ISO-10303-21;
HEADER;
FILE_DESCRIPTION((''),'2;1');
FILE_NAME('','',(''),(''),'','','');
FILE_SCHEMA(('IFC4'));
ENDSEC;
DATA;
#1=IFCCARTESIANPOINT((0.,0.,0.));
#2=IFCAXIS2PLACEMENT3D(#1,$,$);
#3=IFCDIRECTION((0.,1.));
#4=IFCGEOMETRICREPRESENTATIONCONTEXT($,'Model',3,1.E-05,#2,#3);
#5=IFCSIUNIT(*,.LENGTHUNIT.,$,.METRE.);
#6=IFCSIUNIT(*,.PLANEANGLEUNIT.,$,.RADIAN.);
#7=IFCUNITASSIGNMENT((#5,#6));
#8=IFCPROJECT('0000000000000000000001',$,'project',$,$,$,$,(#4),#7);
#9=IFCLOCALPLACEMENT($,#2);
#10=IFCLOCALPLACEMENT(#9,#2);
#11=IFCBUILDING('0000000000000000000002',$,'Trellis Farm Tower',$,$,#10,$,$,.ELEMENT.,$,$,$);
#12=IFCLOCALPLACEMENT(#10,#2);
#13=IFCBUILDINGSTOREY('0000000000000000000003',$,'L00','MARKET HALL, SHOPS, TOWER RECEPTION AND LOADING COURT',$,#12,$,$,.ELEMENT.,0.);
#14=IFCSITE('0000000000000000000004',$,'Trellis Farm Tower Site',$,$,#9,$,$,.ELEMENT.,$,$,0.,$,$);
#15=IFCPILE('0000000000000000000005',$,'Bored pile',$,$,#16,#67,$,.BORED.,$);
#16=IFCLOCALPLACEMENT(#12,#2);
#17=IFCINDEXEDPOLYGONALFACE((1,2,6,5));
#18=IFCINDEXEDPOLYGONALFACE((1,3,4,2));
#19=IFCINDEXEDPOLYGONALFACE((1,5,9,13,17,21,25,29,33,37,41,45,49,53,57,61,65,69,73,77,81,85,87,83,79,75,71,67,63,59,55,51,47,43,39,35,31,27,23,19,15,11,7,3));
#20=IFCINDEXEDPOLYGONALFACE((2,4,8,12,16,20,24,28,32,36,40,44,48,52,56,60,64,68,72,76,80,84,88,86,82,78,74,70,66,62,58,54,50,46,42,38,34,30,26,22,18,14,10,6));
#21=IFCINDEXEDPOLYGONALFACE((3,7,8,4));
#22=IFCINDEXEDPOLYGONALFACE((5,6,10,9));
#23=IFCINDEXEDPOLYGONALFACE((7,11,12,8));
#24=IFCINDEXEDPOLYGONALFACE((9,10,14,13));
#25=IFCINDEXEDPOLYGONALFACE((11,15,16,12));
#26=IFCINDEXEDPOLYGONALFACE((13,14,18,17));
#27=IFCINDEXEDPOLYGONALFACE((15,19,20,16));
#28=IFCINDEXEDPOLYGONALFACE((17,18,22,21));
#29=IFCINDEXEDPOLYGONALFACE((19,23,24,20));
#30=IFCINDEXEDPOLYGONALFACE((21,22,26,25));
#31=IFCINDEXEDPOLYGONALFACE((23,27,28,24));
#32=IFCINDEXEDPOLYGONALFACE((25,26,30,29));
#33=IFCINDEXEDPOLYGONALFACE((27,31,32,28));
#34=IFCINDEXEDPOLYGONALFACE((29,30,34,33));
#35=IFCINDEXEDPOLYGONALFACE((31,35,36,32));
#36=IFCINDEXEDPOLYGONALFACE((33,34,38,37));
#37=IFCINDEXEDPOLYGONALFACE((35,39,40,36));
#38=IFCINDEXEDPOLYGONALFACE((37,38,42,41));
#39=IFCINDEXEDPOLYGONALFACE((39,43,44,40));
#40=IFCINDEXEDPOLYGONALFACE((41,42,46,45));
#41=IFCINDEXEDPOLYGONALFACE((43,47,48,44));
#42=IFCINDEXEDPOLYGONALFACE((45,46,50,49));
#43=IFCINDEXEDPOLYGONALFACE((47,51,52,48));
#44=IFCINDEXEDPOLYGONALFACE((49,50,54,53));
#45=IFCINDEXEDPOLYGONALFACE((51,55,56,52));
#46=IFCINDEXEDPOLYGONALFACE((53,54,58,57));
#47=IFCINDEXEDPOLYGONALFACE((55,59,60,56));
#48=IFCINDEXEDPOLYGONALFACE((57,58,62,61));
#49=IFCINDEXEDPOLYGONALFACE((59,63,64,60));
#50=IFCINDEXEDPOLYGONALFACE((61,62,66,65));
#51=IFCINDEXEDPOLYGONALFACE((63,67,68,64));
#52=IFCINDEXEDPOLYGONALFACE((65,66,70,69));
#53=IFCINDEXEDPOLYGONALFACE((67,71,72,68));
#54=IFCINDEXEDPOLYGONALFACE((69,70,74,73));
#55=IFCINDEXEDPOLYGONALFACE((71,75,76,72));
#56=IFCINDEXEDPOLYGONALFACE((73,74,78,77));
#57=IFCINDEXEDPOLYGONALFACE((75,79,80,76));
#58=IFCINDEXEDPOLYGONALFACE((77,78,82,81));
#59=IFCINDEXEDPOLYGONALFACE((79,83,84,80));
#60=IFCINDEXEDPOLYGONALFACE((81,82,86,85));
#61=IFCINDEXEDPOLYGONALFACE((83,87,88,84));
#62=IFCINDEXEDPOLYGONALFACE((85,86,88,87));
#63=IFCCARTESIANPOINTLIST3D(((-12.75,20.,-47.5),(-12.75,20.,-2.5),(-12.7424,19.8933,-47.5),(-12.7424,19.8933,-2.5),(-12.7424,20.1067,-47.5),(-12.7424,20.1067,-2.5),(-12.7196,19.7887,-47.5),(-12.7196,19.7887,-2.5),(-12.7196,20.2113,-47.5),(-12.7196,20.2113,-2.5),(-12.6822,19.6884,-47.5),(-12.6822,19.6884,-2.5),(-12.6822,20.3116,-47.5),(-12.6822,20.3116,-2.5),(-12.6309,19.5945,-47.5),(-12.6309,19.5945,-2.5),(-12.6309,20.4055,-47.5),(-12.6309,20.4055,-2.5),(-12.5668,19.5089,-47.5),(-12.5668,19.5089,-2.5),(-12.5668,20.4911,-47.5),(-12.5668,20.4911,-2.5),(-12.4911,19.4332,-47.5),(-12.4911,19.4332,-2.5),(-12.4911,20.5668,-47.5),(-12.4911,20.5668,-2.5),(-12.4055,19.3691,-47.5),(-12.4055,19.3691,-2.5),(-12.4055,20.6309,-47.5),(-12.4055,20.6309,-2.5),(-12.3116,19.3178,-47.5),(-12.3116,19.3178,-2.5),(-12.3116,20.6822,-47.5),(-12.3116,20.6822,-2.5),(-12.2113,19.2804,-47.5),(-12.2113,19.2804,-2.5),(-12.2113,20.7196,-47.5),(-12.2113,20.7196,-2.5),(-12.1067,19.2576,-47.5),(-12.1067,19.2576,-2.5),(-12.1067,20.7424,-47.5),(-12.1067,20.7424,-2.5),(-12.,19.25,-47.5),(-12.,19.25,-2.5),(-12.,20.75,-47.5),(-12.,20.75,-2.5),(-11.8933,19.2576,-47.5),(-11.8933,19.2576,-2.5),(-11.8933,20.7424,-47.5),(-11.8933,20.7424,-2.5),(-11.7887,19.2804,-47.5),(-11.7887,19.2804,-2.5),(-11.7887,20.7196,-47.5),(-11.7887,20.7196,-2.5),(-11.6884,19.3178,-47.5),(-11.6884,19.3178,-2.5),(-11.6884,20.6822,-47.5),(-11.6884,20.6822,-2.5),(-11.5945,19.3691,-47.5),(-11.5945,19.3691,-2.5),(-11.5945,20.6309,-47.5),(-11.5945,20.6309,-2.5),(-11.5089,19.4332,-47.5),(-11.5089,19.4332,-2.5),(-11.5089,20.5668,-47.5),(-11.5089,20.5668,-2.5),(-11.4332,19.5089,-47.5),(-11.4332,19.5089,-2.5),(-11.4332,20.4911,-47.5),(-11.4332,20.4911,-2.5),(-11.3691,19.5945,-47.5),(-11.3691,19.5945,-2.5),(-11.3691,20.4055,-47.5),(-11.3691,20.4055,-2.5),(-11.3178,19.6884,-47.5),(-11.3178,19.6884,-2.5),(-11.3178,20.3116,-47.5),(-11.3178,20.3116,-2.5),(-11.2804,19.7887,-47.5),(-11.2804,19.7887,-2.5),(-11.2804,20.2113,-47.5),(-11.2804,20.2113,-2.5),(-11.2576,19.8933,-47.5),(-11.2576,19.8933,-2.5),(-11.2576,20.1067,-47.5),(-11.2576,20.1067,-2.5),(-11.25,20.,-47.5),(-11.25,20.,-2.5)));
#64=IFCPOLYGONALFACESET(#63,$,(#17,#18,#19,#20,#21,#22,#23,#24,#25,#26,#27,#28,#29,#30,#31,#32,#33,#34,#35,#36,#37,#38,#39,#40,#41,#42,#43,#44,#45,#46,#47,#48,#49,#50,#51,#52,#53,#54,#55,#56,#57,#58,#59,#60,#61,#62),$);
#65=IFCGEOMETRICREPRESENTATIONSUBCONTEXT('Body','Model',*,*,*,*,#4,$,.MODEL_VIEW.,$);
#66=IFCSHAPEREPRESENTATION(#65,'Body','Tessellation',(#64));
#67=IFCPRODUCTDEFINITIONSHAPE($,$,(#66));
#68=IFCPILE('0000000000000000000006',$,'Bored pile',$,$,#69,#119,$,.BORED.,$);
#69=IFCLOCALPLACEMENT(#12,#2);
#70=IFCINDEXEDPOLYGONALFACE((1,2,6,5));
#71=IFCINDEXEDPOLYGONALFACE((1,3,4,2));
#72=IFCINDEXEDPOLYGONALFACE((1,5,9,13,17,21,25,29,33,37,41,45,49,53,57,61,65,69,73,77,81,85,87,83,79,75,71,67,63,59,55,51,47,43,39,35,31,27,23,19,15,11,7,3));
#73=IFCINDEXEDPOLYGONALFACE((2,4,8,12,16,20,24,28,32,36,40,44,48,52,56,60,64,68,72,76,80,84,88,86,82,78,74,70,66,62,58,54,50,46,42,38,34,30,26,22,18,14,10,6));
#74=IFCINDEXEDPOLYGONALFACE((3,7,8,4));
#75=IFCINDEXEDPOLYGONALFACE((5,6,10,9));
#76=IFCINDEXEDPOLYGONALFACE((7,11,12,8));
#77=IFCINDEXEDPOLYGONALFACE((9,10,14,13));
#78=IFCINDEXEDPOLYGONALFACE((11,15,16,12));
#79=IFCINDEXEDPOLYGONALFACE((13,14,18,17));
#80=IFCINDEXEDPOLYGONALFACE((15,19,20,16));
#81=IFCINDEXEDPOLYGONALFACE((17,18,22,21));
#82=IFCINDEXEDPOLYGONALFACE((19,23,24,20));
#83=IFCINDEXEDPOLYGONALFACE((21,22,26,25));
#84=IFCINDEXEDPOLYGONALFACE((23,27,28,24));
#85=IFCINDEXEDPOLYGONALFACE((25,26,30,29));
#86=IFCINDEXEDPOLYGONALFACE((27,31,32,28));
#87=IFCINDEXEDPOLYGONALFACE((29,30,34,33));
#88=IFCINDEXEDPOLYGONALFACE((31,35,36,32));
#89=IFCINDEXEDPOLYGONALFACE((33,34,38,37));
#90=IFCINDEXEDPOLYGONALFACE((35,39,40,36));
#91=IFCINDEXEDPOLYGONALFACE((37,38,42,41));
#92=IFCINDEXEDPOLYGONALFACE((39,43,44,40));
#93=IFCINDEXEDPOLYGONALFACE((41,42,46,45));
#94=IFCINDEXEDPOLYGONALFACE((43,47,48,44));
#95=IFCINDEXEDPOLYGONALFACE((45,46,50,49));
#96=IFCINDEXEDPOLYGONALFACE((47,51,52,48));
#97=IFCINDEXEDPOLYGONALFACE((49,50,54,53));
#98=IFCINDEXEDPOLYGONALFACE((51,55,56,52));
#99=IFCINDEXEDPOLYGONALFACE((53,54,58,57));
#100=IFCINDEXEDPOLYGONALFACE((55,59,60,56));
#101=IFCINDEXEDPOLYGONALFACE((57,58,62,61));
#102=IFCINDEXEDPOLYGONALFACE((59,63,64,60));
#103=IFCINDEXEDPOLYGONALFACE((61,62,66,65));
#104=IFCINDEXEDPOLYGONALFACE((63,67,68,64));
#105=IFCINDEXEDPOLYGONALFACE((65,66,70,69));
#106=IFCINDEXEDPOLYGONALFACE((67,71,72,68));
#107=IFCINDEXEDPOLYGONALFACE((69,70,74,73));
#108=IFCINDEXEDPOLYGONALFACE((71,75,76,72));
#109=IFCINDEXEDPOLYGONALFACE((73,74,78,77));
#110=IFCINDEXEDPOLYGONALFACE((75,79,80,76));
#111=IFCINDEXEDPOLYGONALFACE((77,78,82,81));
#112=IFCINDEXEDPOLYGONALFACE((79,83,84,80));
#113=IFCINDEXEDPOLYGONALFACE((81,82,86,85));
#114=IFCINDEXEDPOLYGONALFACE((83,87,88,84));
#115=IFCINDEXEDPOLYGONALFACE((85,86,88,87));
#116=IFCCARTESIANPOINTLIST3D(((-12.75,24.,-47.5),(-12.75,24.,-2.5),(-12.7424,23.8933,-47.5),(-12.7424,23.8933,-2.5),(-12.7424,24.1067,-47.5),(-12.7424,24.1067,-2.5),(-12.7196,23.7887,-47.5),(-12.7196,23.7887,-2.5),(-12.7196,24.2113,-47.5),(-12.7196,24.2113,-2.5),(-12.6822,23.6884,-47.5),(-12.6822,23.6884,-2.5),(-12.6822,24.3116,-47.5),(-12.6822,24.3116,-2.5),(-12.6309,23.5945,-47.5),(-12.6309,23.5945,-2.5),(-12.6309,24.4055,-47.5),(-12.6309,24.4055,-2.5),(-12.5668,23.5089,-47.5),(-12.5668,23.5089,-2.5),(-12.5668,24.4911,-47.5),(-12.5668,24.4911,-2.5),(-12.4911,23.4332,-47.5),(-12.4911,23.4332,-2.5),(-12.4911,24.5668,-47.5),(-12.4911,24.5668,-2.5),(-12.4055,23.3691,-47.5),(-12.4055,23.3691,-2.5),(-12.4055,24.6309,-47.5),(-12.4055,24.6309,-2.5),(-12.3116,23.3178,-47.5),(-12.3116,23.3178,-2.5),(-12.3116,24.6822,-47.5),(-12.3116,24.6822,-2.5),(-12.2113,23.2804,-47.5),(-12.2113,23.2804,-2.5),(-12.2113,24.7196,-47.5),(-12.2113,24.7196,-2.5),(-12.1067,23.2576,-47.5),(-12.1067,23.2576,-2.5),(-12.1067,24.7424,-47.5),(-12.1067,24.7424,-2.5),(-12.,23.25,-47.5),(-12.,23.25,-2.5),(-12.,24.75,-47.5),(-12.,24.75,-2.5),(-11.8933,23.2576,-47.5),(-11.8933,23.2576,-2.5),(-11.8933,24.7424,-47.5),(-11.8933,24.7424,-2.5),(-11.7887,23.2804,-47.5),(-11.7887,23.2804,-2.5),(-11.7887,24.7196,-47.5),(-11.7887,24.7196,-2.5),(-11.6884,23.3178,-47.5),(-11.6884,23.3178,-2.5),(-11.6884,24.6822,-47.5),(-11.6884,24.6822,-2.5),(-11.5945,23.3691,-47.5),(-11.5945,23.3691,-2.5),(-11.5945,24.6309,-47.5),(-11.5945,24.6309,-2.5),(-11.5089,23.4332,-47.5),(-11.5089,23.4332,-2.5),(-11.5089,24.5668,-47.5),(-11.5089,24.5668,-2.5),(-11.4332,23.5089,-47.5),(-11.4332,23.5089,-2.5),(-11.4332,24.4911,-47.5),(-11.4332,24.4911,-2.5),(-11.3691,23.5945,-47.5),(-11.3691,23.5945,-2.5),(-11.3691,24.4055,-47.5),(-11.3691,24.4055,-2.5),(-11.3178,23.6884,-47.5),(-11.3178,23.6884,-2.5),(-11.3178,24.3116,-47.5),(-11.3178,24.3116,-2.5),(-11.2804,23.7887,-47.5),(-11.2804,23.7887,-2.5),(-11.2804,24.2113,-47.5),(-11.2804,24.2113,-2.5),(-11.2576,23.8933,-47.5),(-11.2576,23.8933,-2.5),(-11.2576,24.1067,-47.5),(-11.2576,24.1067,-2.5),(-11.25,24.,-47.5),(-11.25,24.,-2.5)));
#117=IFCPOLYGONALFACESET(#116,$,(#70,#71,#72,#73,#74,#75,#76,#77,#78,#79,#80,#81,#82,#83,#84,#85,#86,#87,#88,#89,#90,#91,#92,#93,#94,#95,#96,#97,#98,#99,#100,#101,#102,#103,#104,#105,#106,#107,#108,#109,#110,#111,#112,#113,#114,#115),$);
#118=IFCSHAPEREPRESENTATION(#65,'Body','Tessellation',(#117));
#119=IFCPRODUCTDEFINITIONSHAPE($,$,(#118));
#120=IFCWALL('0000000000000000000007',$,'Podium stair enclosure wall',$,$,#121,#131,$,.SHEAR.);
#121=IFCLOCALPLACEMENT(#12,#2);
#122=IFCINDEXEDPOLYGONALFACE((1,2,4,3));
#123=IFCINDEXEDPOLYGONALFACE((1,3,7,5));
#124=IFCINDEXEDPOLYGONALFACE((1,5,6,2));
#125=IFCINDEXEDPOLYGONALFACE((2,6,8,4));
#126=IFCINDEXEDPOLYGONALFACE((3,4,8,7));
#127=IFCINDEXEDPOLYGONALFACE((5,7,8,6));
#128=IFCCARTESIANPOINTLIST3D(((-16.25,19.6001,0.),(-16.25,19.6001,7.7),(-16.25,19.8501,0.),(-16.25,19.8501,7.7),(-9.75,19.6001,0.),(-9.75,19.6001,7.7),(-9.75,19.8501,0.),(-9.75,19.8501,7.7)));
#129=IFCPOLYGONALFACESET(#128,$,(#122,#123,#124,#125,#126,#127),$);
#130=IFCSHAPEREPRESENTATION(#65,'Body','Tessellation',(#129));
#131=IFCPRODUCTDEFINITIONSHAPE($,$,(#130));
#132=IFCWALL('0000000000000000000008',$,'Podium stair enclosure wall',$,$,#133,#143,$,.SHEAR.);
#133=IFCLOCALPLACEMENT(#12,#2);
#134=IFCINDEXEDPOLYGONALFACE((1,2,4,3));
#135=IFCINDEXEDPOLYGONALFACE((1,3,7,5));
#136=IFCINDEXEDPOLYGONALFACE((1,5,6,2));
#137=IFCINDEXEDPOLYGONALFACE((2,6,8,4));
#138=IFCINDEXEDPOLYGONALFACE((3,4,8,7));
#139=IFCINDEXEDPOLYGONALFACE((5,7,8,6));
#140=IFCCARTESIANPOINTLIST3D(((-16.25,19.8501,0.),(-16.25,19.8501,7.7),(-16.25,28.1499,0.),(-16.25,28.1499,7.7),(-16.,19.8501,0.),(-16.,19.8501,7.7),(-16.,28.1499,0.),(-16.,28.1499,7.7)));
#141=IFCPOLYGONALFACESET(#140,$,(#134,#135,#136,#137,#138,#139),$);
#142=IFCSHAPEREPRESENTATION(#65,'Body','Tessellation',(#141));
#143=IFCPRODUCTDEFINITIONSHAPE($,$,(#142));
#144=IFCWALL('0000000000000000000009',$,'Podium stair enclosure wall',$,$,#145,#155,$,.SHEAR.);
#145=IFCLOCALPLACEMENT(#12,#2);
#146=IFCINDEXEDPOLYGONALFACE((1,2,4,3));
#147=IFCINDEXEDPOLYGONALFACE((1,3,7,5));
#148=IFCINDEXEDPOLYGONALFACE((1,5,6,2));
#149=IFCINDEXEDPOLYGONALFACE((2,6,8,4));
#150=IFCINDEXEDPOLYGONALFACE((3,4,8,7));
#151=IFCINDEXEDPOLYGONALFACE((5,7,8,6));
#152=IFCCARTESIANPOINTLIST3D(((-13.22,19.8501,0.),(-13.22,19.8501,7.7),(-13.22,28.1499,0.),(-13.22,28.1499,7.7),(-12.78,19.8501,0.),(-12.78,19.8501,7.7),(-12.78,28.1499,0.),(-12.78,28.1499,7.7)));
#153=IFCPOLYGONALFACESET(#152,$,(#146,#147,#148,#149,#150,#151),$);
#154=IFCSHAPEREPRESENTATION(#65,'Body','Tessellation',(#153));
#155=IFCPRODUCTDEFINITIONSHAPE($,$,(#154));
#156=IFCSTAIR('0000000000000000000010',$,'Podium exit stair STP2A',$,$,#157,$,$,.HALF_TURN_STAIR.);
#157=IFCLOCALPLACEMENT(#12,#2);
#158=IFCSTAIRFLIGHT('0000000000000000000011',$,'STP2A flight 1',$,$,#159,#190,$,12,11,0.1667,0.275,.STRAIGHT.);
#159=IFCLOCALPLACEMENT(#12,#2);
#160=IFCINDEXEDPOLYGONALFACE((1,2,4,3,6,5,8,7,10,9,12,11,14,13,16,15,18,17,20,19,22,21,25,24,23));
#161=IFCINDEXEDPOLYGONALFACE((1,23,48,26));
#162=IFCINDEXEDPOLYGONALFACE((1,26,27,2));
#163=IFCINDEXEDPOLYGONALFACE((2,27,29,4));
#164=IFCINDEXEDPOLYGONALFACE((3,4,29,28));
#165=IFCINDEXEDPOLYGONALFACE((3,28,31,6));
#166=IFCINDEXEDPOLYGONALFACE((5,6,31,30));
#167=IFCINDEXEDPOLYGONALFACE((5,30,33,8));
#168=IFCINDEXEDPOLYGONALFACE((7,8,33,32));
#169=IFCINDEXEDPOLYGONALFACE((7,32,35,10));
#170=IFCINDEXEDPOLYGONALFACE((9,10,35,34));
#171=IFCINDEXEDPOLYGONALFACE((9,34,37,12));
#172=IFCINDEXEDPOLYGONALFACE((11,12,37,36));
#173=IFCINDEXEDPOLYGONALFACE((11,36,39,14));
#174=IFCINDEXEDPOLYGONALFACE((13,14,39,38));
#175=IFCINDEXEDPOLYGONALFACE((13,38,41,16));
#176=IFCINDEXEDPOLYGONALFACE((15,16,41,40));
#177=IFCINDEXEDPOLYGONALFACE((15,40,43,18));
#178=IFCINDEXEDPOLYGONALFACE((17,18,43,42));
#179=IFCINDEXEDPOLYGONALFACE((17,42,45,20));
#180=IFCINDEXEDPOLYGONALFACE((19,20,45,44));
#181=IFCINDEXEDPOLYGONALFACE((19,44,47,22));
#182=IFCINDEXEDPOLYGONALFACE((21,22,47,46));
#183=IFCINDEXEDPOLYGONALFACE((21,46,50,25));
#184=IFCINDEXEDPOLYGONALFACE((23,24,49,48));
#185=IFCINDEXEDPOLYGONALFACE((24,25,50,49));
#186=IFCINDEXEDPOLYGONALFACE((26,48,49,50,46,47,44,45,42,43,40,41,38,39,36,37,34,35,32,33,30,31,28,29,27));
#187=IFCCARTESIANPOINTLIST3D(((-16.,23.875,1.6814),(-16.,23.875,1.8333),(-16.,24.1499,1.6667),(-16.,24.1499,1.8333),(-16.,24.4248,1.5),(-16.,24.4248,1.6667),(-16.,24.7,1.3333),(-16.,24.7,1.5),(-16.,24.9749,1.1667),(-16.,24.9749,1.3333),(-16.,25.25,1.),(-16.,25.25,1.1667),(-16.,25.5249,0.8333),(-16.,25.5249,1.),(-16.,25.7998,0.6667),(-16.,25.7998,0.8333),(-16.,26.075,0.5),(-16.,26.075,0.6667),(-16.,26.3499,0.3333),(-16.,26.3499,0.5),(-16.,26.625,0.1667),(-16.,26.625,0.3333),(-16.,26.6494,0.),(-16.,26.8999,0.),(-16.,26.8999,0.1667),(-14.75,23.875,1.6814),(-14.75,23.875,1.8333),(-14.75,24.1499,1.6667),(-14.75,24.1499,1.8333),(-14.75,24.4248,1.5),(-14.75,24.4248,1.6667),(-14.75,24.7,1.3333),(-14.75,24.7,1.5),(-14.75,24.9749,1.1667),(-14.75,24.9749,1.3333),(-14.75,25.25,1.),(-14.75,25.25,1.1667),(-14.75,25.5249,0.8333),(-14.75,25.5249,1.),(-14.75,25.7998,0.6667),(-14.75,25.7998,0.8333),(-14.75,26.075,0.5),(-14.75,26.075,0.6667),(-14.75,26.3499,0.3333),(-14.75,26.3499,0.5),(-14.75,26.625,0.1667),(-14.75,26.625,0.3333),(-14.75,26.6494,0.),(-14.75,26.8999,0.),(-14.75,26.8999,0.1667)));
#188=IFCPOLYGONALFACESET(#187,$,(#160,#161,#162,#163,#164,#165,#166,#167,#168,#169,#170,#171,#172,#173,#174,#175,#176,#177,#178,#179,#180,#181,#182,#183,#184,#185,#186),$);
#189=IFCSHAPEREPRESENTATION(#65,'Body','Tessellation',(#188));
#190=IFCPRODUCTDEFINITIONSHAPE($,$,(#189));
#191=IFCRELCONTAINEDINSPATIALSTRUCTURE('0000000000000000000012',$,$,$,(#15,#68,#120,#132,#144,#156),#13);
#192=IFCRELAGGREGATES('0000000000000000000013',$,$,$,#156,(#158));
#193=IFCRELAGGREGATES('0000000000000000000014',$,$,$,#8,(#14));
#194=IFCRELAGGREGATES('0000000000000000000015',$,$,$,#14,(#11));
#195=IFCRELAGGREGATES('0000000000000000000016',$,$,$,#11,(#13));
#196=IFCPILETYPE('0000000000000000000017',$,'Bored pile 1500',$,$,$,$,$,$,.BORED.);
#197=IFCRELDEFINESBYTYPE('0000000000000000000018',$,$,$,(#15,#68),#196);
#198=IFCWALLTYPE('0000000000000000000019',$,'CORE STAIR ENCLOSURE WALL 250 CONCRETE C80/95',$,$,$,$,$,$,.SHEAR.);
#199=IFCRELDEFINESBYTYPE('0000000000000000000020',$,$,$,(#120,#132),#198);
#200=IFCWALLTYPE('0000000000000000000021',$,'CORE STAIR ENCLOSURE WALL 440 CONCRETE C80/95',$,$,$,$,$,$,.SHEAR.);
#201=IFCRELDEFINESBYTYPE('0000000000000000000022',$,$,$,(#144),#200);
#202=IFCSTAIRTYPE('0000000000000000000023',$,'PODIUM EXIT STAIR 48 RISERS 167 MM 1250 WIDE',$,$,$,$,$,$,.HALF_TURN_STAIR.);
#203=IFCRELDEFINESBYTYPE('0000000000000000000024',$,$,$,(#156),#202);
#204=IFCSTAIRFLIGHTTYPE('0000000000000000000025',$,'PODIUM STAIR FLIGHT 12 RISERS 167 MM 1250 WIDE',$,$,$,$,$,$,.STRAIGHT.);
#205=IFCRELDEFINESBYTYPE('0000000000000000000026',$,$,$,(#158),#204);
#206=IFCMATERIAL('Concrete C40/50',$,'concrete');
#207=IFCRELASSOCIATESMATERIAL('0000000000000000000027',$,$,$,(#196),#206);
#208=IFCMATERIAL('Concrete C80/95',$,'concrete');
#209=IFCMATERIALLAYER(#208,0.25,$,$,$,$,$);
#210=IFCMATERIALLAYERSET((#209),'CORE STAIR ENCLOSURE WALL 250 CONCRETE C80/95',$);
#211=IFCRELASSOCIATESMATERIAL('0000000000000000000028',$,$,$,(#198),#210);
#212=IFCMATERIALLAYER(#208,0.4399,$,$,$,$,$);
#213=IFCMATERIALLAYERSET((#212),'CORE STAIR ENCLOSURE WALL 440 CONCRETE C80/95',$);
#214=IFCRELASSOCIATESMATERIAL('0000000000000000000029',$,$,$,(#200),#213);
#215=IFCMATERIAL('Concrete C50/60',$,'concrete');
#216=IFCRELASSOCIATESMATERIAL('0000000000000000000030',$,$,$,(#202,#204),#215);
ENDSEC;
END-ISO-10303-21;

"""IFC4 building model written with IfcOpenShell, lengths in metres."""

from ifc_helpers import new_model, si_unit, direction, frame, frame_2d, origin, origin_2d, place, context, subcontext, project, spatial, polyline, rectangle, circle, outline, extrude, source, transform, mapped, material, layer, layer_set, material_profile, profile_set, type_object, element, aggregate, save


model = new_model("IFC4")

# Units and contexts
model_context = context("Model", 3, precision=1e-05, world=origin(), true_north=direction((0.0, 1.0)))
body_context = subcontext(model_context, "Body", "Model", "MODEL_VIEW")
ifc_project = project(units=[si_unit("LENGTHUNIT", "METRE"), si_unit("PLANEANGLEUNIT", "RADIAN")], contexts=[model_context])

# Site, building, storey
site_placement = place(None, origin())
site = spatial("IfcSite", under=ifc_project, at=site_placement, Name="Trellis Farm Tower Site", CompositionType="ELEMENT", RefElevation=0.0)
building_placement = place(site_placement, origin())
building = spatial("IfcBuilding", under=site, at=building_placement, Name="Trellis Farm Tower", CompositionType="ELEMENT")
storey_placement = place(building_placement, origin())
storey = spatial("IfcBuildingStorey", under=building, at=storey_placement, Name="L00", Description="MARKET HALL, SHOPS, TOWER RECEPTION AND LOADING COURT", CompositionType="ELEMENT", Elevation=0.0)

# Piles
ifc_material_1 = material(Name="Concrete C40/50", Category="concrete")
ifc_material_profile = material_profile(ifc_material_1, circle(Radius=0.75, at=origin_2d()), Name="Bored pile 1500")
ifc_profile_set = profile_set([ifc_material_profile], Name="Concrete C40/50")
pile_type = type_object("IfcPileType", Name="Bored pile 1500", PredefinedType="BORED", material=ifc_profile_set)
shared_shape_1 = source(origin(), body_context, "Body", "SweptSolid", [
    extrude(circle(Radius=0.75, at=origin_2d()), origin(), (0.0, 0.0, 1.0), 45.0),
])
for number, where, z_axis, x_axis, name in (
    (1, (-12.0, 20.0, -2.5), (0.0, 0.0, -1.0), (1.0, 0.0, 0.0), "Bored pile"),
    (2, (-12.0, 24.0, -2.5), (0.0, 0.0, -1.0), (1.0, 0.0, 0.0), "Bored pile"),
):
    element("IfcPile", number, at=place(storey_placement, frame(where, z_axis=z_axis, x_axis=x_axis)), inside=storey, type_object=pile_type, Name=name, PredefinedType="BORED", context=body_context, shape_type="MappedRepresentation", body=[
        mapped(shared_shape_1, transform((0.0, 0.0, 0.0))),
    ])

# Walls
ifc_material_2 = material(Name="Concrete C80/95", Category="concrete")
ifc_layer_1 = layer(ifc_material_2, 0.25)
ifc_layer_set_1 = layer_set([ifc_layer_1], Name="CORE STAIR ENCLOSURE WALL 250 CONCRETE C80/95")
wall_type_1 = type_object("IfcWallType", Name="CORE STAIR ENCLOSURE WALL 250 CONCRETE C80/95", PredefinedType="SHEAR", material=ifc_layer_set_1)
shared_shape_2 = source(origin(), body_context, "Body", "SweptSolid", [
    extrude(rectangle(XDim=6.5, YDim=0.25, at=frame_2d((3.25, 0.0))), origin(), (0.0, 0.0, 1.0), 7.7),
])
wall_1_placement = place(storey_placement, frame((-16.25, 19.7251, 0.0), z_axis=(0.0, 0.0, 1.0), x_axis=(1.0, 0.0, 0.0)))
element("IfcWall", 3, at=wall_1_placement, inside=storey, type_object=wall_type_1, Name="Podium stair enclosure wall", PredefinedType="SHEAR", context=body_context, shape_type="MappedRepresentation", body=[
    mapped(shared_shape_2, transform((0.0, 0.0, 0.0))),
])
shared_shape_3 = source(origin(), body_context, "Body", "SweptSolid", [
    extrude(rectangle(XDim=8.2998, YDim=0.25, at=frame_2d((4.1499, 0.0))), origin(), (0.0, 0.0, 1.0), 7.7),
])
wall_2_placement = place(storey_placement, frame((-16.125, 19.8501, 0.0), z_axis=(0.0, 0.0, 1.0), x_axis=(0.0, 1.0, 0.0)))
element("IfcWall", 4, at=wall_2_placement, inside=storey, type_object=wall_type_1, Name="Podium stair enclosure wall", PredefinedType="SHEAR", context=body_context, shape_type="MappedRepresentation", body=[
    mapped(shared_shape_3, transform((0.0, 0.0, 0.0))),
])
ifc_layer_2 = layer(ifc_material_2, 0.4399)
ifc_layer_set_2 = layer_set([ifc_layer_2], Name="CORE STAIR ENCLOSURE WALL 440 CONCRETE C80/95")
wall_type_2 = type_object("IfcWallType", Name="CORE STAIR ENCLOSURE WALL 440 CONCRETE C80/95", PredefinedType="SHEAR", material=ifc_layer_set_2)
shared_shape_4 = source(origin(), body_context, "Body", "SweptSolid", [
    extrude(rectangle(XDim=8.2998, YDim=0.4399, at=frame_2d((4.1499, 0.0))), origin(), (0.0, 0.0, 1.0), 7.7),
])
wall_3_placement = place(storey_placement, frame((-13.0, 19.8501, 0.0), z_axis=(0.0, 0.0, 1.0), x_axis=(0.0, 1.0, 0.0)))
element("IfcWall", 5, at=wall_3_placement, inside=storey, type_object=wall_type_2, Name="Podium stair enclosure wall", PredefinedType="SHEAR", context=body_context, shape_type="MappedRepresentation", body=[
    mapped(shared_shape_4, transform((0.0, 0.0, 0.0))),
])

# Stair, stair flight
ifc_material_3 = material(Name="Concrete C50/60", Category="concrete")
stair_type = type_object("IfcStairType", Name="PODIUM EXIT STAIR 48 RISERS 167 MM 1250 WIDE", PredefinedType="HALF_TURN_STAIR", material=ifc_material_3)
placement = place(storey_placement, origin())
stair_1 = element("IfcStair", 6, at=placement, inside=storey, type_object=stair_type, Name="Podium exit stair STP2A", PredefinedType="HALF_TURN_STAIR")
stair_flight_type = type_object("IfcStairFlightType", Name="PODIUM STAIR FLIGHT 12 RISERS 167 MM 1250 WIDE", PredefinedType="STRAIGHT", material=ifc_material_3)
shared_shape_5 = source(origin(), body_context, "Body", "SweptSolid", [
    extrude(outline(polyline([(0.0, 0.0), (0.0, 0.1667), (0.2749, 0.1667), (0.2749, 0.3333), (0.55, 0.3333), (0.55, 0.5), (0.825, 0.5), (0.825, 0.6667), (1.1001, 0.6667), (1.1001, 0.8333), (1.375, 0.8333), (1.375, 1.0), (1.6499, 1.0), (1.6499, 1.1667), (1.925, 1.1667), (1.925, 1.3333), (2.2, 1.3333), (2.2, 1.5), (2.4751, 1.5), (2.4751, 1.6667), (2.75, 1.6667), (2.75, 1.8333), (3.0249, 1.8333), (3.0249, 2.0), (3.0249, 1.6814), (0.2505, 0.0), (0.0, 0.0)])), frame((0.0, 0.625, 0.0), z_axis=(0.0, -1.0, 0.0), x_axis=(1.0, 0.0, 0.0)), (0.0, 0.0, 1.0), 1.25),
])
stair_flight_1_placement = place(storey_placement, frame((-15.375, 26.8999, 0.0), z_axis=(0.0, 0.0, 1.0), x_axis=(0.0, -1.0, 0.0)))
stair_flight_1 = element("IfcStairFlight", 7, at=stair_flight_1_placement, type_object=stair_flight_type, Name="STP2A flight 1", NumberOfRisers=12, NumberOfTreads=11, PredefinedType="STRAIGHT", RiserHeight=0.1667, TreadLength=0.275, context=body_context, shape_type="MappedRepresentation", body=[
    mapped(shared_shape_5, transform((0.0, 0.0, 0.0))),
])
aggregate(stair_1, [stair_flight_1])

save(model, "model.ifc")
